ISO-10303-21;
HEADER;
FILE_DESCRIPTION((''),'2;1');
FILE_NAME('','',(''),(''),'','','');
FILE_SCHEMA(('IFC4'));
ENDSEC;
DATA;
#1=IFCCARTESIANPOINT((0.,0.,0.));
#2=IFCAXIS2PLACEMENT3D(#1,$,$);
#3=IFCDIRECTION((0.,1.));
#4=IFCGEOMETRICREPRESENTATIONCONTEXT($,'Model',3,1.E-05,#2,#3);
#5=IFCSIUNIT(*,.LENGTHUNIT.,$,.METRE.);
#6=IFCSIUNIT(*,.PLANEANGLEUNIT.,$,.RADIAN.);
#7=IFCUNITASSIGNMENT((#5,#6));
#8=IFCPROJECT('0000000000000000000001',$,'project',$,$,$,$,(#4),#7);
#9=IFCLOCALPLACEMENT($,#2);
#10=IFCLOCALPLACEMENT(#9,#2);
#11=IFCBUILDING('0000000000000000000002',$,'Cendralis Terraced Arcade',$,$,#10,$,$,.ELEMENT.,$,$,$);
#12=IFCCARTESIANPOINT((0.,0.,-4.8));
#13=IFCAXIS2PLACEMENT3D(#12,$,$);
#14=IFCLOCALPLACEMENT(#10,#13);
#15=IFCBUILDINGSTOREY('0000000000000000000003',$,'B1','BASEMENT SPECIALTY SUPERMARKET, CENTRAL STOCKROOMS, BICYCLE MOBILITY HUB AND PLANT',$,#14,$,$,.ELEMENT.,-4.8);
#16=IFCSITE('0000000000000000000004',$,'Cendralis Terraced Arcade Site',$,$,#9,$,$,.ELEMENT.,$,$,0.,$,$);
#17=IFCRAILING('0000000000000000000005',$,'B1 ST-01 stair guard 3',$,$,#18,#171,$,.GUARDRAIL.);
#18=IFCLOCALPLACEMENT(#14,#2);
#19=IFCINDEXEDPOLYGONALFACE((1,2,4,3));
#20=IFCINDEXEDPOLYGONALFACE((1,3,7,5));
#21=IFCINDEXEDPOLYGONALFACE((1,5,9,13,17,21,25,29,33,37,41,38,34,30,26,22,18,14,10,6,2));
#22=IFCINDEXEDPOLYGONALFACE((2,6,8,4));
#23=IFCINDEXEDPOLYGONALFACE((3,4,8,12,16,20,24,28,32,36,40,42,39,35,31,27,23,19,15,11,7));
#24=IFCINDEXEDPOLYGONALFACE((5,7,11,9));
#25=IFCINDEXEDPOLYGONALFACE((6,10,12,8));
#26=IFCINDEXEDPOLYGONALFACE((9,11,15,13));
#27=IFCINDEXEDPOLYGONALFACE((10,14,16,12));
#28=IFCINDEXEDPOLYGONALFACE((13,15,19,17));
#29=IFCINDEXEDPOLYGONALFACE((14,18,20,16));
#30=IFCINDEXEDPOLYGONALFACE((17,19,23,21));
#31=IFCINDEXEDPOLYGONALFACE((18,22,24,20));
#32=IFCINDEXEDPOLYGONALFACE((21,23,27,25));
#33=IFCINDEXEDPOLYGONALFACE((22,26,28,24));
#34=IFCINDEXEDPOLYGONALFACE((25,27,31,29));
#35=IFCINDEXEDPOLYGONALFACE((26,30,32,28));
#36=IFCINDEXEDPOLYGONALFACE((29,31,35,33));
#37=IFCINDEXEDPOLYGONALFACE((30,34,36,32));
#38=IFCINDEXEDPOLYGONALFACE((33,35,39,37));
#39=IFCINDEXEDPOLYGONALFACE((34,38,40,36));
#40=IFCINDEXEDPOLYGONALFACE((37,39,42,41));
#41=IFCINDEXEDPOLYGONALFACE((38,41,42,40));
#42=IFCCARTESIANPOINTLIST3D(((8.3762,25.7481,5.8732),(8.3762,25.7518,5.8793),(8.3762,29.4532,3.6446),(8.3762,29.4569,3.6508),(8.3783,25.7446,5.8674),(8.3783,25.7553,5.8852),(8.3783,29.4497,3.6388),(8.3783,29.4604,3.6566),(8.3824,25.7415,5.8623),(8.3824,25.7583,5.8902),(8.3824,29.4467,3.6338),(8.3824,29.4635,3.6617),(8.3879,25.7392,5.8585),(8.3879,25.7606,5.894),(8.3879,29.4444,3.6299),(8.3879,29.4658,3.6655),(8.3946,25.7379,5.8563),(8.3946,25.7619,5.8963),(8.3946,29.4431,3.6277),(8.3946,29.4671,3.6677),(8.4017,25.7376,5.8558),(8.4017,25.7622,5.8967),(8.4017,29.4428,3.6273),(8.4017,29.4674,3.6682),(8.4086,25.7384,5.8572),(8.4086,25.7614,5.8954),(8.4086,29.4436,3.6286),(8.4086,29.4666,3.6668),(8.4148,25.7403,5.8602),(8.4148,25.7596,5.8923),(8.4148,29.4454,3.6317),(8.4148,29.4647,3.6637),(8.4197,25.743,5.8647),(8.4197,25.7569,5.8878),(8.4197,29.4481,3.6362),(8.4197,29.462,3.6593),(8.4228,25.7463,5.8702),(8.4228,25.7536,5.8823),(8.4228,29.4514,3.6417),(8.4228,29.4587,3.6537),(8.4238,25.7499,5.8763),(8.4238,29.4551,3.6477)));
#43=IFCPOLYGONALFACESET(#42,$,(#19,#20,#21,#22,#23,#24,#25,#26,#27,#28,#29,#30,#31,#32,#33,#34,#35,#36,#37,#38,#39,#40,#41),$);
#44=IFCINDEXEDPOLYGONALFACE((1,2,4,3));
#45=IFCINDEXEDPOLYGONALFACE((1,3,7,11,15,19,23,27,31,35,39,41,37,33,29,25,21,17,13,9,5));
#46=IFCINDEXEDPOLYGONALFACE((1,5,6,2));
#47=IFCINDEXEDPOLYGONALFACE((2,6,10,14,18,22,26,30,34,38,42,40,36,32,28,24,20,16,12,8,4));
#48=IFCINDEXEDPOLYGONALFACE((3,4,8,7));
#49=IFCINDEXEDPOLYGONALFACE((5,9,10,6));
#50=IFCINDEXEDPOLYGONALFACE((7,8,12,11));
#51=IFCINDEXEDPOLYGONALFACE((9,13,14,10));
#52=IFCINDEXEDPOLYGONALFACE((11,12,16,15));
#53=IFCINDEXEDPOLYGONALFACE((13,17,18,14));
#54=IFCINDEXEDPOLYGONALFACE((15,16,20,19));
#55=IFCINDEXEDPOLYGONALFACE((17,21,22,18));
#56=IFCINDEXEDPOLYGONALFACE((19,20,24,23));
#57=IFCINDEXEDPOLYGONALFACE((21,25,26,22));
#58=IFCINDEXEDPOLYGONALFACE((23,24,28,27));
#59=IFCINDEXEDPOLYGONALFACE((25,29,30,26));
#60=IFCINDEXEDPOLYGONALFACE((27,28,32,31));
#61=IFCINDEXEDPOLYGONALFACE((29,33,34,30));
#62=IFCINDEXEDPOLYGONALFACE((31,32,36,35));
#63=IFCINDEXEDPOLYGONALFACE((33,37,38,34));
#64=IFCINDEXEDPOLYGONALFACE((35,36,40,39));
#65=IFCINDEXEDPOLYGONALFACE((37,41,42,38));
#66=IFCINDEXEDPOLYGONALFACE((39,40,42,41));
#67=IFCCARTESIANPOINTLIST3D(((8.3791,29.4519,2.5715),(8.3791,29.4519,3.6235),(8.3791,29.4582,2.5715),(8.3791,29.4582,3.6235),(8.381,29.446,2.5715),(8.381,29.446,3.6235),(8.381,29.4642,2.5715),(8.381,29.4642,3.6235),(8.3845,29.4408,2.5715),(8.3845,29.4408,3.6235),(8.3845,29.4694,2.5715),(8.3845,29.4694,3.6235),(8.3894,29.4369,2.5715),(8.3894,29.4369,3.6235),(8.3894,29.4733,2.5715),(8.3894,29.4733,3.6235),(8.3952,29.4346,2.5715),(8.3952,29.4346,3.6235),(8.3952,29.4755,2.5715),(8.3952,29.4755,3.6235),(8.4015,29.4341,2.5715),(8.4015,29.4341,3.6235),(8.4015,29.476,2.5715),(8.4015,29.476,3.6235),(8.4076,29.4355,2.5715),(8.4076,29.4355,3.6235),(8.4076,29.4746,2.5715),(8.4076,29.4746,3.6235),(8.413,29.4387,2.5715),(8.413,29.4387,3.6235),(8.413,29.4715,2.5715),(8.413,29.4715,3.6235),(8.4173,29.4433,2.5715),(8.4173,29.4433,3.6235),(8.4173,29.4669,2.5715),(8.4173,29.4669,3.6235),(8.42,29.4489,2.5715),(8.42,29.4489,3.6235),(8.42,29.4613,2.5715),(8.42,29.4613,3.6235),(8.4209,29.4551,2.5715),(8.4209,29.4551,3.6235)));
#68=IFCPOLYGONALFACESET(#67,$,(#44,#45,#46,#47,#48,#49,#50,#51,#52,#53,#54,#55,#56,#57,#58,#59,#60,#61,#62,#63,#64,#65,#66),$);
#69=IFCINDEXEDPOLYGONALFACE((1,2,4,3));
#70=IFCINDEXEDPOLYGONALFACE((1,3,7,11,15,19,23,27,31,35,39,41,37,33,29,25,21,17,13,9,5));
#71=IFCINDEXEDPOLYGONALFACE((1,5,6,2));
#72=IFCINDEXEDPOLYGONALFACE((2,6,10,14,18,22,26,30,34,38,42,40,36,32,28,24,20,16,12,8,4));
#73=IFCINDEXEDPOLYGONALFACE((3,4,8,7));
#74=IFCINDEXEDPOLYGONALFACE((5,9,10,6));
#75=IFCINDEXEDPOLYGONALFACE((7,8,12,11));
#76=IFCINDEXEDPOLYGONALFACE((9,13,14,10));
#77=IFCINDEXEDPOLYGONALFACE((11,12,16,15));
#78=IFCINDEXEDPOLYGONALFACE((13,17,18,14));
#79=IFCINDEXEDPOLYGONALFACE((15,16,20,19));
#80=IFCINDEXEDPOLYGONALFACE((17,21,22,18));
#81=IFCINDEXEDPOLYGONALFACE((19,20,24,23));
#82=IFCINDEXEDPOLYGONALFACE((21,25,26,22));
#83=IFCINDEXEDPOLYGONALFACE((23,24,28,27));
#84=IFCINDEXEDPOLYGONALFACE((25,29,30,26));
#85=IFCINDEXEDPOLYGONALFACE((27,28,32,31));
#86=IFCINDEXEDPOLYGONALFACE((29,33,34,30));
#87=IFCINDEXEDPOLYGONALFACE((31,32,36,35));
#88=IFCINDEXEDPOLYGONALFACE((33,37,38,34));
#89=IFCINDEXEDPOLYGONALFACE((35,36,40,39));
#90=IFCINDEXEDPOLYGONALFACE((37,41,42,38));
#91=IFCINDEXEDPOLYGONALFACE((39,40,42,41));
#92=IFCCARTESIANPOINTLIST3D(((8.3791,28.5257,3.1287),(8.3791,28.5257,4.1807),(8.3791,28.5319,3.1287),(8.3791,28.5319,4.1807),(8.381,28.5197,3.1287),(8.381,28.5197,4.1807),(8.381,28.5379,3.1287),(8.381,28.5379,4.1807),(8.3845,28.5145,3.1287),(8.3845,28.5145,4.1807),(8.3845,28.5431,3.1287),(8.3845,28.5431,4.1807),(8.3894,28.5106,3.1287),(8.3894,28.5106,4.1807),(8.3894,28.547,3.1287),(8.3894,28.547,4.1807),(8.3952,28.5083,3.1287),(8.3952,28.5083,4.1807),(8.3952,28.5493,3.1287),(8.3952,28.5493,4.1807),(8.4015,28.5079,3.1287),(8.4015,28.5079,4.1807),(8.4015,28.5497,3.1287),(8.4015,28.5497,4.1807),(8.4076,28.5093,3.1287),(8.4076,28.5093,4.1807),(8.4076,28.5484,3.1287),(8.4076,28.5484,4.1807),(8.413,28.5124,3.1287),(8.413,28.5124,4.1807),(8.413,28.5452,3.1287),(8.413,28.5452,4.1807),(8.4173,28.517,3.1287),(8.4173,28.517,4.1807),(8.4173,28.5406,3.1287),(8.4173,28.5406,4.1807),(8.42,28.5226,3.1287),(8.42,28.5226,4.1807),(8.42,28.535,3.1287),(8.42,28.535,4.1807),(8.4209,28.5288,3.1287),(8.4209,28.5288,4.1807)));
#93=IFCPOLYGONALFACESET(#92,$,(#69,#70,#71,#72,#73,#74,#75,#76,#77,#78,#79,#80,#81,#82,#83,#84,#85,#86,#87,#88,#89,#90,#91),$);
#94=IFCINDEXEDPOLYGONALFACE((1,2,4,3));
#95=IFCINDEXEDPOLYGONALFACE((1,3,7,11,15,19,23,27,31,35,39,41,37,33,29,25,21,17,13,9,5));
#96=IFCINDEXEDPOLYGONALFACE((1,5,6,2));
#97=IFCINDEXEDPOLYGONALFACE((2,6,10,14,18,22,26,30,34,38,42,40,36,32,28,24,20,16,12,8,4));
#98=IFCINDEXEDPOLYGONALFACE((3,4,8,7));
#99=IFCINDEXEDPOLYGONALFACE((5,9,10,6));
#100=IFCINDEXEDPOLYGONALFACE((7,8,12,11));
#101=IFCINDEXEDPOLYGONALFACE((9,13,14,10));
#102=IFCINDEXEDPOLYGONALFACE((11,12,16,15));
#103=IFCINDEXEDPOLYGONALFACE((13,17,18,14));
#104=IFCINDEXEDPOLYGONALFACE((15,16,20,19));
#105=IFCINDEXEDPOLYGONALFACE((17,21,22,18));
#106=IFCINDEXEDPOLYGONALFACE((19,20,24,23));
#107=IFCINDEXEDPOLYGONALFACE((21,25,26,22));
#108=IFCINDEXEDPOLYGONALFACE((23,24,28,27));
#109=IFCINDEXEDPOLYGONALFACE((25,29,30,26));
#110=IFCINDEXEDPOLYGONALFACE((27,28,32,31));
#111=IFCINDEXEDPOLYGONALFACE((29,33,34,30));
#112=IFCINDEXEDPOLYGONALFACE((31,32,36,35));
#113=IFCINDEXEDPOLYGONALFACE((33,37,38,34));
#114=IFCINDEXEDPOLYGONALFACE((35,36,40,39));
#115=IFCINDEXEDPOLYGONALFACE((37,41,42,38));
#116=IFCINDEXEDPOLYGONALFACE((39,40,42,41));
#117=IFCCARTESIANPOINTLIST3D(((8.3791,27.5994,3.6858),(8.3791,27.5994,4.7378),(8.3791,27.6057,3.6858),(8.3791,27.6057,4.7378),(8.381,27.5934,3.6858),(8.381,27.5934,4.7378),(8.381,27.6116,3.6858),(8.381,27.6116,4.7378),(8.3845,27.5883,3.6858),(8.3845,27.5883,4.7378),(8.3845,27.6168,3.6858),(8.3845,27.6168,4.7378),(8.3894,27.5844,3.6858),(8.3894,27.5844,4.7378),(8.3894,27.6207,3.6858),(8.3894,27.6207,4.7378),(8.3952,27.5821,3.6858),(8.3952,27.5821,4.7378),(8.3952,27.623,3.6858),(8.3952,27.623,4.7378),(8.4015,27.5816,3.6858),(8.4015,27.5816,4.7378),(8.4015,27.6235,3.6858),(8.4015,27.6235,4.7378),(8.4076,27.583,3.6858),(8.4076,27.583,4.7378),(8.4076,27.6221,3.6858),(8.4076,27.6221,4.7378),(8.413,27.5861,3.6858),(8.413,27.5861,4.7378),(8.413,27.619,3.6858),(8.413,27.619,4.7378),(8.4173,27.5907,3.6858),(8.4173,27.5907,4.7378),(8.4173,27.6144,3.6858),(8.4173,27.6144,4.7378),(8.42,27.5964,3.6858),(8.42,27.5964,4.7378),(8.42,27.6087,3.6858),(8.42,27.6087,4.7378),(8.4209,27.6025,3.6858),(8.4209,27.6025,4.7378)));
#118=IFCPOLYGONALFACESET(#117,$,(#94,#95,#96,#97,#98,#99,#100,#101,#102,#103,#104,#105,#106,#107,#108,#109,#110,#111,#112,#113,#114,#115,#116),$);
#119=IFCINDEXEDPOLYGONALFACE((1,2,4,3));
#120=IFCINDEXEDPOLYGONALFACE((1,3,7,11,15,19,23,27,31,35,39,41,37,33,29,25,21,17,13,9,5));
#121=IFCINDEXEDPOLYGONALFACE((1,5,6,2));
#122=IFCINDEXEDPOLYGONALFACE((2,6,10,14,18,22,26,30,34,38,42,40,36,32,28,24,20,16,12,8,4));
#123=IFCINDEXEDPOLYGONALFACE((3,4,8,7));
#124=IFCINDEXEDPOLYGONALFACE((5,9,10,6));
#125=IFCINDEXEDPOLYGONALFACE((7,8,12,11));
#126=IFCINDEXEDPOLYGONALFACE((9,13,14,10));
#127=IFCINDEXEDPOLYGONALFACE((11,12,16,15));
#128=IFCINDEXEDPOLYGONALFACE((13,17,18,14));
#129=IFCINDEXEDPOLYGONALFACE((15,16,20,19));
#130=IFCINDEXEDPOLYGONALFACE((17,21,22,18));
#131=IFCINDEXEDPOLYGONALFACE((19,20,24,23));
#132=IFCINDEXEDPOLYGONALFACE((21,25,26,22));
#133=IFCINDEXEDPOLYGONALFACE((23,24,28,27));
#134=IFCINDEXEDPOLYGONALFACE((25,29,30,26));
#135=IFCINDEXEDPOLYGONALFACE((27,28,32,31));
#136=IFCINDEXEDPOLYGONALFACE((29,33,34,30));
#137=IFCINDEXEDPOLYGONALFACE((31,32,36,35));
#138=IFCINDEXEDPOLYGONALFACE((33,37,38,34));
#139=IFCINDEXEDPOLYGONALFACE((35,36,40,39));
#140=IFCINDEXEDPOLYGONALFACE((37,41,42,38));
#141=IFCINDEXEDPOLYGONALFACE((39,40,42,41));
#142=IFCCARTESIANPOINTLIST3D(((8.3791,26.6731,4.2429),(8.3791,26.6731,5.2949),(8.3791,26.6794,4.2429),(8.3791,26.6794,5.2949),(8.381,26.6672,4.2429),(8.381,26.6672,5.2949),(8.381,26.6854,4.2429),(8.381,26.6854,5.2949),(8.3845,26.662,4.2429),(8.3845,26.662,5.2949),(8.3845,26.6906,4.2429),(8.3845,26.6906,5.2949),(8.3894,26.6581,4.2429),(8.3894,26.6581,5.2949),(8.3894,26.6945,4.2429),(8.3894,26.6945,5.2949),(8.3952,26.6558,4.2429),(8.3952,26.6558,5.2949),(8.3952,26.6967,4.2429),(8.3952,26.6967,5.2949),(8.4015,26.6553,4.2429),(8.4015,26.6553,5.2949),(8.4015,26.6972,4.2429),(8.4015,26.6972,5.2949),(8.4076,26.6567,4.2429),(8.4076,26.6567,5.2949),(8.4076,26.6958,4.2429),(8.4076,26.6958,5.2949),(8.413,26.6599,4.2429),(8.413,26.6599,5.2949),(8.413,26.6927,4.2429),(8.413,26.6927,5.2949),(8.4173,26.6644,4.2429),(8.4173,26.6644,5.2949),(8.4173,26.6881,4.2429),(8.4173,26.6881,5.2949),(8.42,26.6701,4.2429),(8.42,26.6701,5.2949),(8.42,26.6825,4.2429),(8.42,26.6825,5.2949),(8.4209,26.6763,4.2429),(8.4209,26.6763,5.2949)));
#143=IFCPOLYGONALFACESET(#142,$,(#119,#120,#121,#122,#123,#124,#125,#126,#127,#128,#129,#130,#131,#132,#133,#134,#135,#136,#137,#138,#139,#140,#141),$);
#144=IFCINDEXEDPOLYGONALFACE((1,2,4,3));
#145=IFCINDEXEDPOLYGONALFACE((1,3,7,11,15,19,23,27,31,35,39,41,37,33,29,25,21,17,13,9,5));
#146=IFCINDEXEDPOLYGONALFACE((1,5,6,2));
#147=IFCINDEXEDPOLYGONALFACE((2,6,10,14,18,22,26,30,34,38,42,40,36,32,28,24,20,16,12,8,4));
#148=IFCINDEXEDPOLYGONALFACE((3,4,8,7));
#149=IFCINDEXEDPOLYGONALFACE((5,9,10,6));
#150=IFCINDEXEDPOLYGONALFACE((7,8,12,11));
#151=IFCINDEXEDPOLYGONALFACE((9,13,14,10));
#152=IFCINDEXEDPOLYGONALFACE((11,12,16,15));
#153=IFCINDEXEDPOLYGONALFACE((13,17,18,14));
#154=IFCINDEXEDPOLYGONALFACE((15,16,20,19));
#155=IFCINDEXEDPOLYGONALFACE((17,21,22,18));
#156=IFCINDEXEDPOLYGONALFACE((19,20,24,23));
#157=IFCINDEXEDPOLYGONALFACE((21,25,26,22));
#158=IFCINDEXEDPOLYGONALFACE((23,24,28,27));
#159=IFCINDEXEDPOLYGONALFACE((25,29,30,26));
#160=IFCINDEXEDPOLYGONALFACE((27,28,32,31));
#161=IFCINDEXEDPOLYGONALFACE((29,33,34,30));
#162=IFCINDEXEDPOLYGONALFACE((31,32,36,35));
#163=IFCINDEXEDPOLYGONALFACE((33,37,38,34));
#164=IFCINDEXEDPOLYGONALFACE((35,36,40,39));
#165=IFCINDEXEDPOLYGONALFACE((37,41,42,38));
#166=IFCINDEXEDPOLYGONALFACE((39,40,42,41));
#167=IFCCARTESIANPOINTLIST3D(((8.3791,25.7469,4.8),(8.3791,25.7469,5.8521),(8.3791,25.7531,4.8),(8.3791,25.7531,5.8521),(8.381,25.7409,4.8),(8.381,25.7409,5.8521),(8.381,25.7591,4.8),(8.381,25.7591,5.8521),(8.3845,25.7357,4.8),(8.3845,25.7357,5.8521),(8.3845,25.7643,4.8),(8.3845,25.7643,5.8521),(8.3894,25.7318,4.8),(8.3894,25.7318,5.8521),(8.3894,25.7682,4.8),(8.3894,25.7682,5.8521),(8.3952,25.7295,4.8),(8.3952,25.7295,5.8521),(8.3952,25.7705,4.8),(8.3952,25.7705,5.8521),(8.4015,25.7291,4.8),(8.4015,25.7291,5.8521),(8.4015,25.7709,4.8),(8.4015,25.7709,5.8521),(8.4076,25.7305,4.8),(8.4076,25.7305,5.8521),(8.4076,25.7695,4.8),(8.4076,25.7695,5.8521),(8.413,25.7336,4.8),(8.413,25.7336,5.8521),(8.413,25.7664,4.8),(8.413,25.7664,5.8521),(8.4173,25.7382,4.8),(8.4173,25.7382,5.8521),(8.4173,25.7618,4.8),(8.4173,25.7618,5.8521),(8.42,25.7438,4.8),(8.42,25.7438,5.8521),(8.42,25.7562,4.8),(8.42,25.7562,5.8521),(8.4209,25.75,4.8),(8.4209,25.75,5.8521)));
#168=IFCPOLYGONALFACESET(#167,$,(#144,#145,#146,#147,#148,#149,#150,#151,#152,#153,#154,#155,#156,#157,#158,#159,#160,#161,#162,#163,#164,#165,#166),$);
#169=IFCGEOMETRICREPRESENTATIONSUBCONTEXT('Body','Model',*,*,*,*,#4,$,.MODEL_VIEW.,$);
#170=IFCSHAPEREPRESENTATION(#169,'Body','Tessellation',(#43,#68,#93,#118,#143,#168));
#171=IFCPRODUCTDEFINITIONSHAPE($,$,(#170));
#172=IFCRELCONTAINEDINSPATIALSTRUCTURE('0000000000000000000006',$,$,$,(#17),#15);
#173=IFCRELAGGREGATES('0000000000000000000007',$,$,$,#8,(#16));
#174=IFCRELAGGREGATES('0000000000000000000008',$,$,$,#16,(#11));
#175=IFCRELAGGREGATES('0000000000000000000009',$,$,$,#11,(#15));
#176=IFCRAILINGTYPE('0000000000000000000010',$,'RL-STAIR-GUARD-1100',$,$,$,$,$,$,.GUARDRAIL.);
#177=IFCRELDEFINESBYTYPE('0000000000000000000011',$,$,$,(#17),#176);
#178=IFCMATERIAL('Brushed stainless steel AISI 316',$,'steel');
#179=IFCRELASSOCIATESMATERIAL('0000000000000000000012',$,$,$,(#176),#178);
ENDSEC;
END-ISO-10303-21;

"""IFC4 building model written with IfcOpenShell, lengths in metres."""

from ifc_helpers import new_model, si_unit, direction, frame, origin, origin_2d, place, context, subcontext, project, spatial, circle, extrude, material, type_object, element, save


model = new_model("IFC4")

# Units and contexts
model_context = context("Model", 3, precision=1e-05, world=origin(), true_north=direction((0.0, 1.0)))
body_context = subcontext(model_context, "Body", "Model", "MODEL_VIEW")
ifc_project = project(units=[si_unit("LENGTHUNIT", "METRE"), si_unit("PLANEANGLEUNIT", "RADIAN")], contexts=[model_context])

# Site, building, storey
site_placement = place(None, origin())
site = spatial("IfcSite", under=ifc_project, at=site_placement, Name="Cendralis Terraced Arcade Site", CompositionType="ELEMENT", RefElevation=0.0)
building_placement = place(site_placement, origin())
building = spatial("IfcBuilding", under=site, at=building_placement, Name="Cendralis Terraced Arcade", CompositionType="ELEMENT")
storey_placement = place(building_placement, frame((0.0, 0.0, -4.8)))
storey = spatial("IfcBuildingStorey", under=building, at=storey_placement, Name="B1", Description="BASEMENT SPECIALTY SUPERMARKET, CENTRAL STOCKROOMS, BICYCLE MOBILITY HUB AND PLANT", CompositionType="ELEMENT", Elevation=-4.8)

# Railing
ifc_material_1 = material(Name="Brushed stainless steel AISI 316", Category="steel")
railing_type_1 = type_object("IfcRailingType", Name="RL-STAIR-GUARD-1100", PredefinedType="GUARDRAIL", material=ifc_material_1)
railing_1_placement = place(storey_placement, frame((8.3999, 29.4551, 2.5715)))
element("IfcRailing", 1, at=railing_1_placement, inside=storey, type_object=railing_type_1, Name="B1 ST-01 stair guard 3", PredefinedType="GUARDRAIL", context=body_context, shape_type="SweptSolid", body=[
    extrude(circle(Radius=0.0239, at=origin_2d()), frame((0.0, 0.0, 1.0762), z_axis=(0.0, -0.856934, 0.515425), x_axis=(1.0, 0.0, 0.0)), (0.0, 0.0, 1.0), 4.3237),
    extrude(circle(Radius=0.021, at=origin_2d()), origin(), (0.0, 0.0, 1.0), 1.052),
    extrude(circle(Radius=0.021, at=origin_2d()), frame((0.0, -0.9263, 0.5571)), (0.0, 0.0, 1.0), 1.052),
    extrude(circle(Radius=0.021, at=origin_2d()), frame((0.0, -1.8525, 1.1143)), (0.0, 0.0, 1.0), 1.052),
    extrude(circle(Radius=0.021, at=origin_2d()), frame((0.0, -2.7788, 1.6714)), (0.0, 0.0, 1.0), 1.052),
    extrude(circle(Radius=0.021, at=origin_2d()), frame((0.0, -3.7051, 2.2285)), (0.0, 0.0, 1.0), 1.052),
])

save(model, "model.ifc")
